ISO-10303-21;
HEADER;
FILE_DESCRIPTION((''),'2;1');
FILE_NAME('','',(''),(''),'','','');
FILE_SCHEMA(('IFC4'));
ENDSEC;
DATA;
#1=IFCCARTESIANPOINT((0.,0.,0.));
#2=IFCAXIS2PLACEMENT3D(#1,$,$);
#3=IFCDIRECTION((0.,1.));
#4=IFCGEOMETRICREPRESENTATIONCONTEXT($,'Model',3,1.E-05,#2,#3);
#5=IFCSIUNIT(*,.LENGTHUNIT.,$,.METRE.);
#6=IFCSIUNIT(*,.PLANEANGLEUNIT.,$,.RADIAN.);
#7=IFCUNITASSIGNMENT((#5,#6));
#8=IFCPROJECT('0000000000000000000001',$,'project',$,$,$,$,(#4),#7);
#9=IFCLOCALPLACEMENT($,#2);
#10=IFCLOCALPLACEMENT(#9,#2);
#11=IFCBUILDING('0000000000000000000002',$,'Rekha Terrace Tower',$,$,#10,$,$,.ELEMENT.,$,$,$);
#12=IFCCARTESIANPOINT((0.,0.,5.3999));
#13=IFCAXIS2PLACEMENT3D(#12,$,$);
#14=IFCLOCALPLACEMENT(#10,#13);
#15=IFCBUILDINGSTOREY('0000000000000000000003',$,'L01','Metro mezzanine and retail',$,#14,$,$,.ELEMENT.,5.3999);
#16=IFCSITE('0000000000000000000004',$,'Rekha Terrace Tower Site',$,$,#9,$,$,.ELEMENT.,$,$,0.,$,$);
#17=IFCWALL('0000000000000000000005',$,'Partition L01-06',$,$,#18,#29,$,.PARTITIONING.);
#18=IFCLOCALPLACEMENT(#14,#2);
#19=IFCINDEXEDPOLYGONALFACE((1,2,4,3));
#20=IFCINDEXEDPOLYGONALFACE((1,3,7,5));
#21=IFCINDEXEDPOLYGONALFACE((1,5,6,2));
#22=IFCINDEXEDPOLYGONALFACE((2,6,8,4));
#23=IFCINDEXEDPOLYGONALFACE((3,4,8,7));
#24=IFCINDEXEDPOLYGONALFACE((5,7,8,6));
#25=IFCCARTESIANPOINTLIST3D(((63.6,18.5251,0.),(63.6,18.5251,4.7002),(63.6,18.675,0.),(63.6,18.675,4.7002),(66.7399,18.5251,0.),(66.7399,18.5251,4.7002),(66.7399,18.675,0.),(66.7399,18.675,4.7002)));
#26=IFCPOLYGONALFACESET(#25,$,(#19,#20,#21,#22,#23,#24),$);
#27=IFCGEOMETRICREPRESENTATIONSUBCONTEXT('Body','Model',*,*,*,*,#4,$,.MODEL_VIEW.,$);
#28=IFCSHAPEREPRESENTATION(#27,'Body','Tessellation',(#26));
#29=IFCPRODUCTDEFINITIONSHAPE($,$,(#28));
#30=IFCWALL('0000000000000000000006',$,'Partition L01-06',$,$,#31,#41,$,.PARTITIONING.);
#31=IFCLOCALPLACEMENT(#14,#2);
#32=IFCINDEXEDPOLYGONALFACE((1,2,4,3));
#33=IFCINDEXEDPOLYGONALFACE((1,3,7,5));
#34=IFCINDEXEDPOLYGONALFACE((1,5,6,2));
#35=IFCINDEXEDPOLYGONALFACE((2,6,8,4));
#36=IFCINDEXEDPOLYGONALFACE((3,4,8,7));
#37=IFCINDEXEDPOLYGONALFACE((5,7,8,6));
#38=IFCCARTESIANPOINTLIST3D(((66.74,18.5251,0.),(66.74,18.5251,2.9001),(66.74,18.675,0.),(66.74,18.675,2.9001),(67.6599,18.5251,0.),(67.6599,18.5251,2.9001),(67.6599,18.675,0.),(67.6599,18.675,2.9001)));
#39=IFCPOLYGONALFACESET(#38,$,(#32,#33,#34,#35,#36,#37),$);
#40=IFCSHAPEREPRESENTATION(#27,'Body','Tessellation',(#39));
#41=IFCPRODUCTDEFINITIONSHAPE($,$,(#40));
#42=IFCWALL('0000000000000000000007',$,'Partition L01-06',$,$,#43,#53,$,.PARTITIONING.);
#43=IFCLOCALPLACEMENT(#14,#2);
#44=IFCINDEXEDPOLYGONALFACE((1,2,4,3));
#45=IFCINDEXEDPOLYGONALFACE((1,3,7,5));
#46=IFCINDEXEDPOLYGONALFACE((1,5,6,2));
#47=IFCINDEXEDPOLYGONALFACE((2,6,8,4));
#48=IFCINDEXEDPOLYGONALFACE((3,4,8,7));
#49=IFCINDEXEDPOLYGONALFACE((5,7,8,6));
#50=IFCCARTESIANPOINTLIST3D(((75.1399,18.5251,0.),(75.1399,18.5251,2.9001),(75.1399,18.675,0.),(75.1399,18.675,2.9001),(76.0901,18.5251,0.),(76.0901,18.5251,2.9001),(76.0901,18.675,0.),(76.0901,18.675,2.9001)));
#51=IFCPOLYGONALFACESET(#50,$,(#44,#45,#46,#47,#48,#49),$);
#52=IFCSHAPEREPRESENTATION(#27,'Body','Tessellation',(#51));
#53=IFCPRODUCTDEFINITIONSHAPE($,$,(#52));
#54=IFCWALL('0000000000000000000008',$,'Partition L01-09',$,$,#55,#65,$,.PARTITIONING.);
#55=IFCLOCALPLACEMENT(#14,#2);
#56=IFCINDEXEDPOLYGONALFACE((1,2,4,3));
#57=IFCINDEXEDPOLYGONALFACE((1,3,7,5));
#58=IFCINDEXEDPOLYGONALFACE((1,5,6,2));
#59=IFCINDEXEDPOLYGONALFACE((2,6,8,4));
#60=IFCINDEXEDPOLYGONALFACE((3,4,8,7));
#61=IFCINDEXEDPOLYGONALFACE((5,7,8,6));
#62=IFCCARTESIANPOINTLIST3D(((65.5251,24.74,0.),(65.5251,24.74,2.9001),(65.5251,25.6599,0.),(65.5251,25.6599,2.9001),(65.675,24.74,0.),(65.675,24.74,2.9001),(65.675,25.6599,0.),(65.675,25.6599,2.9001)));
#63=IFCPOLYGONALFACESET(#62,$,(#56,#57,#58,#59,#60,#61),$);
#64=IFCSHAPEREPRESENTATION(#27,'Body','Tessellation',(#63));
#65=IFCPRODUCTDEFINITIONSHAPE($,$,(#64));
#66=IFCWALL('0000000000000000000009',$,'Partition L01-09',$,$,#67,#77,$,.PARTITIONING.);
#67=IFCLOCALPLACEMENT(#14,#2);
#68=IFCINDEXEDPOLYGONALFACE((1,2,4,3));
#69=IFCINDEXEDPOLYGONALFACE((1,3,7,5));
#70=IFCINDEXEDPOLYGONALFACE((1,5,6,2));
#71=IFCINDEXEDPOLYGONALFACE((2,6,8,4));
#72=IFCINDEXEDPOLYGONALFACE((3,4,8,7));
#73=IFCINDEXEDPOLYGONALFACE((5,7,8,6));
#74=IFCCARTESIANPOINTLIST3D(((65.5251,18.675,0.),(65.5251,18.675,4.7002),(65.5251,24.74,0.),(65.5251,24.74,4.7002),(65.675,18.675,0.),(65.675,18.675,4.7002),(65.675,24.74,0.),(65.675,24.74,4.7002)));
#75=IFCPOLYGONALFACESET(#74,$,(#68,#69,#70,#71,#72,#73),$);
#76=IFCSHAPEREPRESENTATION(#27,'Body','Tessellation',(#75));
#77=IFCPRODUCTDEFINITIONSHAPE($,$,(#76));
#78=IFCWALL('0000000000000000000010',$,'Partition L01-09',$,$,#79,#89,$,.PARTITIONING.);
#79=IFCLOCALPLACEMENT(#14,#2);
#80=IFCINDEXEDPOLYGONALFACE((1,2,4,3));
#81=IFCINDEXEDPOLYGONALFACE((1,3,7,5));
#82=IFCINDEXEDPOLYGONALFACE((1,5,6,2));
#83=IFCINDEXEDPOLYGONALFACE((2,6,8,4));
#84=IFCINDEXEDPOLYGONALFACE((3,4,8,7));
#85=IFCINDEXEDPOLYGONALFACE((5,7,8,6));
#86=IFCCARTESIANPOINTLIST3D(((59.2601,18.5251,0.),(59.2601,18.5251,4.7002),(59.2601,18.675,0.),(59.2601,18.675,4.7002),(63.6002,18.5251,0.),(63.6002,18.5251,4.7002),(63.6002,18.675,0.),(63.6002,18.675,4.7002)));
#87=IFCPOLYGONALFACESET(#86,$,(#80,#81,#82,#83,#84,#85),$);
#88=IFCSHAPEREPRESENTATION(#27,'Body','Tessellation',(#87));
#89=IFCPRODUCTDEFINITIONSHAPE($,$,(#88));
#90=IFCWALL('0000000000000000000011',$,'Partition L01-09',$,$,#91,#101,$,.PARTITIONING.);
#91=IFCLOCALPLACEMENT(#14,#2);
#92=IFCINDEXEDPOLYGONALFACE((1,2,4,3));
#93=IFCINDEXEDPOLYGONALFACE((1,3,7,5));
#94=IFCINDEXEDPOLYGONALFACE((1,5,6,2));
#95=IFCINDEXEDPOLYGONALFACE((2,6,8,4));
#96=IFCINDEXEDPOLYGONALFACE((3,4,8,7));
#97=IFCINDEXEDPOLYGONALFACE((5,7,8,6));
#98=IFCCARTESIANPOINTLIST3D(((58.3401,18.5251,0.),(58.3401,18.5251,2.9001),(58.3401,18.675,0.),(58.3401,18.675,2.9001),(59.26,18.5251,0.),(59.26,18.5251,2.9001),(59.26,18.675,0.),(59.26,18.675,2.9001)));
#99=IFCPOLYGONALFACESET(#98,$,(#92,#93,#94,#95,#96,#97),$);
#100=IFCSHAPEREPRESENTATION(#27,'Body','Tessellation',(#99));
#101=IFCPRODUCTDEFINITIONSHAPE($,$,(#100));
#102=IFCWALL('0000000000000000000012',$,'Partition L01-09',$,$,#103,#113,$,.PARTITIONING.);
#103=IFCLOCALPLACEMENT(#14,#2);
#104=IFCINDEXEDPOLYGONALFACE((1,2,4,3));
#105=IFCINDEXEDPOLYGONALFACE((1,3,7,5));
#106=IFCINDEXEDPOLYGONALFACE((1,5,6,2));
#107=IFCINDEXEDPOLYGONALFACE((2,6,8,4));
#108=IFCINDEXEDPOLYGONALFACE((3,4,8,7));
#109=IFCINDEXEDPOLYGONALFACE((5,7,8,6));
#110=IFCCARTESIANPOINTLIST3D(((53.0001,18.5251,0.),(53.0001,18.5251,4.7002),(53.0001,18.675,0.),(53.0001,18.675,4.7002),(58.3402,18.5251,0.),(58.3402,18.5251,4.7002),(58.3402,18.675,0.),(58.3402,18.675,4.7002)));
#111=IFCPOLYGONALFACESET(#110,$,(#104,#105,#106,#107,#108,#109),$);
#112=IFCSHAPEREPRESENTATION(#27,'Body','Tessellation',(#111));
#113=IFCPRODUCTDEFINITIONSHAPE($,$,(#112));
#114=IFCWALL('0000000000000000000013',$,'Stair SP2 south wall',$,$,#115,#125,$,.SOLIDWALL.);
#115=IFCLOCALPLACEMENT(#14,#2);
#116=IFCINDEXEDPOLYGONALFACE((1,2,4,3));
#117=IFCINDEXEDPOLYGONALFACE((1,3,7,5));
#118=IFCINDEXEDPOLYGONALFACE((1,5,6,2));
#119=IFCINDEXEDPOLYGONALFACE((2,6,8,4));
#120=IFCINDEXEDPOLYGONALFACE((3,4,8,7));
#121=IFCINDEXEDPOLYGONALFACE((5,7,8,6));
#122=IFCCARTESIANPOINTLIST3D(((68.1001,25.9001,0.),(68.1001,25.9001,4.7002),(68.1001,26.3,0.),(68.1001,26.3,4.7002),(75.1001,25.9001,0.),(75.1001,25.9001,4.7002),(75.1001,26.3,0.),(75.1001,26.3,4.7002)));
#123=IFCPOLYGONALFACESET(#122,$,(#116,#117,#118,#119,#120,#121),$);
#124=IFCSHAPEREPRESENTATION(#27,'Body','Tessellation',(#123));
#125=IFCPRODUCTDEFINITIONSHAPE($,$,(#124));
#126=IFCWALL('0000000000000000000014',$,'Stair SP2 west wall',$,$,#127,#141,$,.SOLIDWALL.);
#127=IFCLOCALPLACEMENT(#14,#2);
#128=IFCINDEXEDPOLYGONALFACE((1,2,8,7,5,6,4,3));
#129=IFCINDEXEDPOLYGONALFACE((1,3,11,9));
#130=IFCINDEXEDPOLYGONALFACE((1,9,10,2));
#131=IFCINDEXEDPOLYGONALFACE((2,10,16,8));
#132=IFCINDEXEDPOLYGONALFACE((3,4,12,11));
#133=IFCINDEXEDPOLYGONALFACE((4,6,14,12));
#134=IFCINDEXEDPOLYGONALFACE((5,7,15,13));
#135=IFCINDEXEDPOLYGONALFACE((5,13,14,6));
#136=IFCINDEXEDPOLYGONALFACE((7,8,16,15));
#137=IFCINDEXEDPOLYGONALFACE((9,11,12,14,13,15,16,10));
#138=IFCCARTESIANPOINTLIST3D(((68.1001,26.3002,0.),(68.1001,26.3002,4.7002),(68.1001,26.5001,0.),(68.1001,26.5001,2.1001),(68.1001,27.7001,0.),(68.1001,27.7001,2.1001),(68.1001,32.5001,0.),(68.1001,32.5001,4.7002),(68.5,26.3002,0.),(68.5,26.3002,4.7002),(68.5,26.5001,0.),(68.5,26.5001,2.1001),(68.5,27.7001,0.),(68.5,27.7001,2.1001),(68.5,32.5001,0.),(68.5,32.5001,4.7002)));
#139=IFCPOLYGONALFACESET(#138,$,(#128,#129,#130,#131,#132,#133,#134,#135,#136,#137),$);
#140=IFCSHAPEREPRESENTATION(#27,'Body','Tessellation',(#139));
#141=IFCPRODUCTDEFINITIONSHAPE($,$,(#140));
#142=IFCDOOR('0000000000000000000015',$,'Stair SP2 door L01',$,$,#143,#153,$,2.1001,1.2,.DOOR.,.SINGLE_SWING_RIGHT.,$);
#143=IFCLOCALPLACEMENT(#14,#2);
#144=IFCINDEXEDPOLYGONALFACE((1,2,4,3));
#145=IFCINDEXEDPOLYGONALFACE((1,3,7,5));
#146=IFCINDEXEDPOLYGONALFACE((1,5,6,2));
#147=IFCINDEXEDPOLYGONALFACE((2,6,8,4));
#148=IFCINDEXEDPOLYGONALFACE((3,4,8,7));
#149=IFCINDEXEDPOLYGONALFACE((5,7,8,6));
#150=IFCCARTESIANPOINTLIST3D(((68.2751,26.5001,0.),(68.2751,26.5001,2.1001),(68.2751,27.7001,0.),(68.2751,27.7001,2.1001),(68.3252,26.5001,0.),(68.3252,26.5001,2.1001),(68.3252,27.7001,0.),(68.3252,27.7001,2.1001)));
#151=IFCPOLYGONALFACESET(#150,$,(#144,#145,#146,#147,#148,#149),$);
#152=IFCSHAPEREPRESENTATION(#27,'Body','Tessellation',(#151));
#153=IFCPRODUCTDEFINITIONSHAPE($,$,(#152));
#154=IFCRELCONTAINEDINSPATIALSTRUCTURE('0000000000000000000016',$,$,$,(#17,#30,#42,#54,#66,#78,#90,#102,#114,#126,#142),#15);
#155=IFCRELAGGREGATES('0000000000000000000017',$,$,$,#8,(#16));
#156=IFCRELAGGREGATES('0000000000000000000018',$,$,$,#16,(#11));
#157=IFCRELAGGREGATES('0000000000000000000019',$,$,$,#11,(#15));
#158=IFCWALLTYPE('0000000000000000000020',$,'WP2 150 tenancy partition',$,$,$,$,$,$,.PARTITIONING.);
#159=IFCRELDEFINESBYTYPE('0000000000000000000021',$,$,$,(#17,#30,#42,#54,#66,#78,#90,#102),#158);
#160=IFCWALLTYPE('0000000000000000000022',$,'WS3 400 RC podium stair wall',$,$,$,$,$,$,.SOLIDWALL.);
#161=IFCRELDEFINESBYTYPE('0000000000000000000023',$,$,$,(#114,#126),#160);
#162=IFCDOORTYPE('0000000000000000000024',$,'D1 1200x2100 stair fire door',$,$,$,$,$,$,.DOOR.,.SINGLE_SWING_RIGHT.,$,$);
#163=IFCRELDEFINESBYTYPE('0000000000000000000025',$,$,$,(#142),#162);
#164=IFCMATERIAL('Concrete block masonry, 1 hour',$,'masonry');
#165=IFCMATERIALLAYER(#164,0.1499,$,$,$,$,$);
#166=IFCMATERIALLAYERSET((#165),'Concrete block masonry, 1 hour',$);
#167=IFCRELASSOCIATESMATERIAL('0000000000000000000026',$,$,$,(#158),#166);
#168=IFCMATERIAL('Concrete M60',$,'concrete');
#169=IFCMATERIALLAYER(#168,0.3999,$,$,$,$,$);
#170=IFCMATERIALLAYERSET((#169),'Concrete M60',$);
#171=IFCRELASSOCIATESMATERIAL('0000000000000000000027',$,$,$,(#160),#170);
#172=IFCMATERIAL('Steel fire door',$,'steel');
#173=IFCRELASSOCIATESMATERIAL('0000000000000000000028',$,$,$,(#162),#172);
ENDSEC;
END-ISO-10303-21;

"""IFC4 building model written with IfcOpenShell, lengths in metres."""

from ifc_helpers import new_model, si_unit, direction, frame, frame_2d, origin, place, context, subcontext, project, spatial, rectangle, extrude, material, layer, layer_set, type_object, element, fill, save


model = new_model("IFC4")

# Units and contexts
model_context = context("Model", 3, precision=1e-05, world=origin(), true_north=direction((0.0, 1.0)))
body_context = subcontext(model_context, "Body", "Model", "MODEL_VIEW")
ifc_project = project(units=[si_unit("LENGTHUNIT", "METRE"), si_unit("PLANEANGLEUNIT", "RADIAN")], contexts=[model_context])

# Site, building, storey
site_placement = place(None, origin())
site = spatial("IfcSite", under=ifc_project, at=site_placement, Name="Rekha Terrace Tower Site", CompositionType="ELEMENT", RefElevation=0.0)
building_placement = place(site_placement, origin())
building = spatial("IfcBuilding", under=site, at=building_placement, Name="Rekha Terrace Tower", CompositionType="ELEMENT")
storey_placement = place(building_placement, frame((0.0, 0.0, 5.3999)))
storey = spatial("IfcBuildingStorey", under=building, at=storey_placement, Name="L01", Description="Metro mezzanine and retail", CompositionType="ELEMENT", Elevation=5.3999)

# Shared definitions
ifc_material_1 = material(Name="Concrete M60", Category="concrete")

# Walls
ifc_material_2 = material(Name="Concrete block masonry, 1 hour", Category="masonry")
ifc_layer_1 = layer(ifc_material_2, 0.1499)
ifc_layer_set_1 = layer_set([ifc_layer_1], Name="Concrete block masonry, 1 hour")
wall_type_1 = type_object("IfcWallType", Name="WP2 150 tenancy partition", PredefinedType="PARTITIONING", material=ifc_layer_set_1)
wall_1_placement = place(storey_placement, frame((63.6001, 18.6001, 0.0), z_axis=(0.0, 0.0, 1.0), x_axis=(1.0, 0.0, 0.0)))
element("IfcWall", 1, at=wall_1_placement, inside=storey, type_object=wall_type_1, Name="Partition L01-06", PredefinedType="PARTITIONING", context=body_context, shape_type="SweptSolid", body=[
    extrude(rectangle(XDim=3.1399, YDim=0.1499, at=frame_2d((1.5698, 0.0))), origin(), (0.0, 0.0, 1.0), 4.7002),
])
wall_2_placement = place(storey_placement, frame((66.74, 18.6001, 0.0), z_axis=(0.0, 0.0, 1.0), x_axis=(1.0, 0.0, 0.0)))
element("IfcWall", 2, at=wall_2_placement, inside=storey, type_object=wall_type_1, Name="Partition L01-06", PredefinedType="PARTITIONING", context=body_context, shape_type="SweptSolid", body=[
    extrude(rectangle(XDim=0.9199, YDim=0.1499, at=frame_2d((0.46, 0.0))), origin(), (0.0, 0.0, 1.0), 2.9001),
])

# Walls
wall_3_placement = place(storey_placement, frame((75.1399, 18.6001, 0.0), z_axis=(0.0, 0.0, 1.0), x_axis=(1.0, 0.0, 0.0)))
element("IfcWall", 3, at=wall_3_placement, inside=storey, type_object=wall_type_1, Name="Partition L01-06", PredefinedType="PARTITIONING", context=body_context, shape_type="SweptSolid", body=[
    extrude(rectangle(XDim=0.9502, YDim=0.1499, at=frame_2d((0.4751, 0.0))), origin(), (0.0, 0.0, 1.0), 2.9001),
])
wall_4_placement = place(storey_placement, frame((65.6001, 25.6599, 0.0), z_axis=(0.0, 0.0, 1.0), x_axis=(0.0, -1.0, 0.0)))
element("IfcWall", 4, at=wall_4_placement, inside=storey, type_object=wall_type_1, Name="Partition L01-09", PredefinedType="PARTITIONING", context=body_context, shape_type="SweptSolid", body=[
    extrude(rectangle(XDim=0.9199, YDim=0.1499, at=frame_2d((0.46, 0.0))), origin(), (0.0, 0.0, 1.0), 2.9001),
])
wall_5_placement = place(storey_placement, frame((65.6001, 24.74, 0.0), z_axis=(0.0, 0.0, 1.0), x_axis=(0.0, -1.0, 0.0)))
element("IfcWall", 5, at=wall_5_placement, inside=storey, type_object=wall_type_1, Name="Partition L01-09", PredefinedType="PARTITIONING", context=body_context, shape_type="SweptSolid", body=[
    extrude(rectangle(XDim=6.0649, YDim=0.1499, at=frame_2d((3.0325, 0.0))), origin(), (0.0, 0.0, 1.0), 4.7002),
])
wall_6_placement = place(storey_placement, frame((63.6001, 18.6001, 0.0), z_axis=(0.0, 0.0, 1.0), x_axis=(-1.0, 0.0, 0.0)))
element("IfcWall", 6, at=wall_6_placement, inside=storey, type_object=wall_type_1, Name="Partition L01-09", PredefinedType="PARTITIONING", context=body_context, shape_type="SweptSolid", body=[
    extrude(rectangle(XDim=4.3401, YDim=0.1499, at=frame_2d((2.1699, 0.0))), origin(), (0.0, 0.0, 1.0), 4.7002),
])
wall_7_placement = place(storey_placement, frame((59.26, 18.6001, 0.0), z_axis=(0.0, 0.0, 1.0), x_axis=(-1.0, 0.0, 0.0)))
element("IfcWall", 7, at=wall_7_placement, inside=storey, type_object=wall_type_1, Name="Partition L01-09", PredefinedType="PARTITIONING", context=body_context, shape_type="SweptSolid", body=[
    extrude(rectangle(XDim=0.9199, YDim=0.1499, at=frame_2d((0.46, 0.0))), origin(), (0.0, 0.0, 1.0), 2.9001),
])
wall_8_placement = place(storey_placement, frame((58.3401, 18.6001, 0.0), z_axis=(0.0, 0.0, 1.0), x_axis=(-1.0, 0.0, 0.0)))
element("IfcWall", 8, at=wall_8_placement, inside=storey, type_object=wall_type_1, Name="Partition L01-09", PredefinedType="PARTITIONING", context=body_context, shape_type="SweptSolid", body=[
    extrude(rectangle(XDim=5.3401, YDim=0.1499, at=frame_2d((2.6699, 0.0))), origin(), (0.0, 0.0, 1.0), 4.7002),
])
ifc_layer_2 = layer(ifc_material_1, 0.3999)
ifc_layer_set_2 = layer_set([ifc_layer_2], Name="Concrete M60")
wall_type_2 = type_object("IfcWallType", Name="WS3 400 RC podium stair wall", PredefinedType="SOLIDWALL", material=ifc_layer_set_2)
wall_9_placement = place(storey_placement, frame((68.1001, 26.1001, 0.0), z_axis=(0.0, 0.0, 1.0), x_axis=(1.0, 0.0, 0.0)))
element("IfcWall", 9, at=wall_9_placement, inside=storey, type_object=wall_type_2, Name="Stair SP2 south wall", PredefinedType="SOLIDWALL", context=body_context, shape_type="SweptSolid", body=[
    extrude(rectangle(XDim=7.0, YDim=0.3999, at=frame_2d((3.5, 0.0))), origin(), (0.0, 0.0, 1.0), 4.7002),
])

# Wall, opening, door
wall_10_placement = place(storey_placement, frame((68.3, 26.3, 0.0), z_axis=(0.0, 0.0, 1.0), x_axis=(0.0, 1.0, 0.0)))
wall_10 = element("IfcWall", 10, at=wall_10_placement, inside=storey, type_object=wall_type_2, Name="Stair SP2 west wall", PredefinedType="SOLIDWALL", context=body_context, shape_type="SweptSolid", body=[
    extrude(rectangle(XDim=6.2, YDim=0.3999, at=frame_2d((3.1001, 0.0))), origin(), (0.0, 0.0, 1.0), 4.7002),
])
opening_1_placement = place(wall_10_placement, frame((0.2, 0.0, 0.0)))
opening_1 = element("IfcOpeningElement", 11, at=opening_1_placement, cuts=wall_10, PredefinedType="OPENING", context=body_context, shape_type="SweptSolid", body=[
    extrude(rectangle(XDim=1.2, YDim=2.1001, at=frame_2d((0.6001, 1.05))), frame((0.0, 0.21, 0.0), z_axis=(0.0, -1.0, 0.0), x_axis=(1.0, 0.0, 0.0)), (0.0, 0.0, 1.0), 0.4199),
])
ifc_material_3 = material(Name="Steel fire door", Category="steel")
door_type_1 = type_object("IfcDoorType", Name="D1 1200x2100 stair fire door", OperationType="SINGLE_SWING_RIGHT", PredefinedType="DOOR", material=ifc_material_3)
door_1_placement = place(opening_1_placement, origin())
door_1 = element("IfcDoor", 12, at=door_1_placement, inside=storey, type_object=door_type_1, Name="Stair SP2 door L01", OperationType="SINGLE_SWING_RIGHT", OverallHeight=2.1001, OverallWidth=1.2, PredefinedType="DOOR", context=body_context, shape_type="SweptSolid", body=[
    extrude(rectangle(XDim=1.2, YDim=2.1001, at=frame_2d((0.6001, 1.05))), frame((0.0, 0.0249, 0.0), z_axis=(0.0, -1.0, 0.0), x_axis=(1.0, 0.0, 0.0)), (0.0, 0.0, 1.0), 0.05),
])
fill(opening_1, door_1)

save(model, "model.ifc")
